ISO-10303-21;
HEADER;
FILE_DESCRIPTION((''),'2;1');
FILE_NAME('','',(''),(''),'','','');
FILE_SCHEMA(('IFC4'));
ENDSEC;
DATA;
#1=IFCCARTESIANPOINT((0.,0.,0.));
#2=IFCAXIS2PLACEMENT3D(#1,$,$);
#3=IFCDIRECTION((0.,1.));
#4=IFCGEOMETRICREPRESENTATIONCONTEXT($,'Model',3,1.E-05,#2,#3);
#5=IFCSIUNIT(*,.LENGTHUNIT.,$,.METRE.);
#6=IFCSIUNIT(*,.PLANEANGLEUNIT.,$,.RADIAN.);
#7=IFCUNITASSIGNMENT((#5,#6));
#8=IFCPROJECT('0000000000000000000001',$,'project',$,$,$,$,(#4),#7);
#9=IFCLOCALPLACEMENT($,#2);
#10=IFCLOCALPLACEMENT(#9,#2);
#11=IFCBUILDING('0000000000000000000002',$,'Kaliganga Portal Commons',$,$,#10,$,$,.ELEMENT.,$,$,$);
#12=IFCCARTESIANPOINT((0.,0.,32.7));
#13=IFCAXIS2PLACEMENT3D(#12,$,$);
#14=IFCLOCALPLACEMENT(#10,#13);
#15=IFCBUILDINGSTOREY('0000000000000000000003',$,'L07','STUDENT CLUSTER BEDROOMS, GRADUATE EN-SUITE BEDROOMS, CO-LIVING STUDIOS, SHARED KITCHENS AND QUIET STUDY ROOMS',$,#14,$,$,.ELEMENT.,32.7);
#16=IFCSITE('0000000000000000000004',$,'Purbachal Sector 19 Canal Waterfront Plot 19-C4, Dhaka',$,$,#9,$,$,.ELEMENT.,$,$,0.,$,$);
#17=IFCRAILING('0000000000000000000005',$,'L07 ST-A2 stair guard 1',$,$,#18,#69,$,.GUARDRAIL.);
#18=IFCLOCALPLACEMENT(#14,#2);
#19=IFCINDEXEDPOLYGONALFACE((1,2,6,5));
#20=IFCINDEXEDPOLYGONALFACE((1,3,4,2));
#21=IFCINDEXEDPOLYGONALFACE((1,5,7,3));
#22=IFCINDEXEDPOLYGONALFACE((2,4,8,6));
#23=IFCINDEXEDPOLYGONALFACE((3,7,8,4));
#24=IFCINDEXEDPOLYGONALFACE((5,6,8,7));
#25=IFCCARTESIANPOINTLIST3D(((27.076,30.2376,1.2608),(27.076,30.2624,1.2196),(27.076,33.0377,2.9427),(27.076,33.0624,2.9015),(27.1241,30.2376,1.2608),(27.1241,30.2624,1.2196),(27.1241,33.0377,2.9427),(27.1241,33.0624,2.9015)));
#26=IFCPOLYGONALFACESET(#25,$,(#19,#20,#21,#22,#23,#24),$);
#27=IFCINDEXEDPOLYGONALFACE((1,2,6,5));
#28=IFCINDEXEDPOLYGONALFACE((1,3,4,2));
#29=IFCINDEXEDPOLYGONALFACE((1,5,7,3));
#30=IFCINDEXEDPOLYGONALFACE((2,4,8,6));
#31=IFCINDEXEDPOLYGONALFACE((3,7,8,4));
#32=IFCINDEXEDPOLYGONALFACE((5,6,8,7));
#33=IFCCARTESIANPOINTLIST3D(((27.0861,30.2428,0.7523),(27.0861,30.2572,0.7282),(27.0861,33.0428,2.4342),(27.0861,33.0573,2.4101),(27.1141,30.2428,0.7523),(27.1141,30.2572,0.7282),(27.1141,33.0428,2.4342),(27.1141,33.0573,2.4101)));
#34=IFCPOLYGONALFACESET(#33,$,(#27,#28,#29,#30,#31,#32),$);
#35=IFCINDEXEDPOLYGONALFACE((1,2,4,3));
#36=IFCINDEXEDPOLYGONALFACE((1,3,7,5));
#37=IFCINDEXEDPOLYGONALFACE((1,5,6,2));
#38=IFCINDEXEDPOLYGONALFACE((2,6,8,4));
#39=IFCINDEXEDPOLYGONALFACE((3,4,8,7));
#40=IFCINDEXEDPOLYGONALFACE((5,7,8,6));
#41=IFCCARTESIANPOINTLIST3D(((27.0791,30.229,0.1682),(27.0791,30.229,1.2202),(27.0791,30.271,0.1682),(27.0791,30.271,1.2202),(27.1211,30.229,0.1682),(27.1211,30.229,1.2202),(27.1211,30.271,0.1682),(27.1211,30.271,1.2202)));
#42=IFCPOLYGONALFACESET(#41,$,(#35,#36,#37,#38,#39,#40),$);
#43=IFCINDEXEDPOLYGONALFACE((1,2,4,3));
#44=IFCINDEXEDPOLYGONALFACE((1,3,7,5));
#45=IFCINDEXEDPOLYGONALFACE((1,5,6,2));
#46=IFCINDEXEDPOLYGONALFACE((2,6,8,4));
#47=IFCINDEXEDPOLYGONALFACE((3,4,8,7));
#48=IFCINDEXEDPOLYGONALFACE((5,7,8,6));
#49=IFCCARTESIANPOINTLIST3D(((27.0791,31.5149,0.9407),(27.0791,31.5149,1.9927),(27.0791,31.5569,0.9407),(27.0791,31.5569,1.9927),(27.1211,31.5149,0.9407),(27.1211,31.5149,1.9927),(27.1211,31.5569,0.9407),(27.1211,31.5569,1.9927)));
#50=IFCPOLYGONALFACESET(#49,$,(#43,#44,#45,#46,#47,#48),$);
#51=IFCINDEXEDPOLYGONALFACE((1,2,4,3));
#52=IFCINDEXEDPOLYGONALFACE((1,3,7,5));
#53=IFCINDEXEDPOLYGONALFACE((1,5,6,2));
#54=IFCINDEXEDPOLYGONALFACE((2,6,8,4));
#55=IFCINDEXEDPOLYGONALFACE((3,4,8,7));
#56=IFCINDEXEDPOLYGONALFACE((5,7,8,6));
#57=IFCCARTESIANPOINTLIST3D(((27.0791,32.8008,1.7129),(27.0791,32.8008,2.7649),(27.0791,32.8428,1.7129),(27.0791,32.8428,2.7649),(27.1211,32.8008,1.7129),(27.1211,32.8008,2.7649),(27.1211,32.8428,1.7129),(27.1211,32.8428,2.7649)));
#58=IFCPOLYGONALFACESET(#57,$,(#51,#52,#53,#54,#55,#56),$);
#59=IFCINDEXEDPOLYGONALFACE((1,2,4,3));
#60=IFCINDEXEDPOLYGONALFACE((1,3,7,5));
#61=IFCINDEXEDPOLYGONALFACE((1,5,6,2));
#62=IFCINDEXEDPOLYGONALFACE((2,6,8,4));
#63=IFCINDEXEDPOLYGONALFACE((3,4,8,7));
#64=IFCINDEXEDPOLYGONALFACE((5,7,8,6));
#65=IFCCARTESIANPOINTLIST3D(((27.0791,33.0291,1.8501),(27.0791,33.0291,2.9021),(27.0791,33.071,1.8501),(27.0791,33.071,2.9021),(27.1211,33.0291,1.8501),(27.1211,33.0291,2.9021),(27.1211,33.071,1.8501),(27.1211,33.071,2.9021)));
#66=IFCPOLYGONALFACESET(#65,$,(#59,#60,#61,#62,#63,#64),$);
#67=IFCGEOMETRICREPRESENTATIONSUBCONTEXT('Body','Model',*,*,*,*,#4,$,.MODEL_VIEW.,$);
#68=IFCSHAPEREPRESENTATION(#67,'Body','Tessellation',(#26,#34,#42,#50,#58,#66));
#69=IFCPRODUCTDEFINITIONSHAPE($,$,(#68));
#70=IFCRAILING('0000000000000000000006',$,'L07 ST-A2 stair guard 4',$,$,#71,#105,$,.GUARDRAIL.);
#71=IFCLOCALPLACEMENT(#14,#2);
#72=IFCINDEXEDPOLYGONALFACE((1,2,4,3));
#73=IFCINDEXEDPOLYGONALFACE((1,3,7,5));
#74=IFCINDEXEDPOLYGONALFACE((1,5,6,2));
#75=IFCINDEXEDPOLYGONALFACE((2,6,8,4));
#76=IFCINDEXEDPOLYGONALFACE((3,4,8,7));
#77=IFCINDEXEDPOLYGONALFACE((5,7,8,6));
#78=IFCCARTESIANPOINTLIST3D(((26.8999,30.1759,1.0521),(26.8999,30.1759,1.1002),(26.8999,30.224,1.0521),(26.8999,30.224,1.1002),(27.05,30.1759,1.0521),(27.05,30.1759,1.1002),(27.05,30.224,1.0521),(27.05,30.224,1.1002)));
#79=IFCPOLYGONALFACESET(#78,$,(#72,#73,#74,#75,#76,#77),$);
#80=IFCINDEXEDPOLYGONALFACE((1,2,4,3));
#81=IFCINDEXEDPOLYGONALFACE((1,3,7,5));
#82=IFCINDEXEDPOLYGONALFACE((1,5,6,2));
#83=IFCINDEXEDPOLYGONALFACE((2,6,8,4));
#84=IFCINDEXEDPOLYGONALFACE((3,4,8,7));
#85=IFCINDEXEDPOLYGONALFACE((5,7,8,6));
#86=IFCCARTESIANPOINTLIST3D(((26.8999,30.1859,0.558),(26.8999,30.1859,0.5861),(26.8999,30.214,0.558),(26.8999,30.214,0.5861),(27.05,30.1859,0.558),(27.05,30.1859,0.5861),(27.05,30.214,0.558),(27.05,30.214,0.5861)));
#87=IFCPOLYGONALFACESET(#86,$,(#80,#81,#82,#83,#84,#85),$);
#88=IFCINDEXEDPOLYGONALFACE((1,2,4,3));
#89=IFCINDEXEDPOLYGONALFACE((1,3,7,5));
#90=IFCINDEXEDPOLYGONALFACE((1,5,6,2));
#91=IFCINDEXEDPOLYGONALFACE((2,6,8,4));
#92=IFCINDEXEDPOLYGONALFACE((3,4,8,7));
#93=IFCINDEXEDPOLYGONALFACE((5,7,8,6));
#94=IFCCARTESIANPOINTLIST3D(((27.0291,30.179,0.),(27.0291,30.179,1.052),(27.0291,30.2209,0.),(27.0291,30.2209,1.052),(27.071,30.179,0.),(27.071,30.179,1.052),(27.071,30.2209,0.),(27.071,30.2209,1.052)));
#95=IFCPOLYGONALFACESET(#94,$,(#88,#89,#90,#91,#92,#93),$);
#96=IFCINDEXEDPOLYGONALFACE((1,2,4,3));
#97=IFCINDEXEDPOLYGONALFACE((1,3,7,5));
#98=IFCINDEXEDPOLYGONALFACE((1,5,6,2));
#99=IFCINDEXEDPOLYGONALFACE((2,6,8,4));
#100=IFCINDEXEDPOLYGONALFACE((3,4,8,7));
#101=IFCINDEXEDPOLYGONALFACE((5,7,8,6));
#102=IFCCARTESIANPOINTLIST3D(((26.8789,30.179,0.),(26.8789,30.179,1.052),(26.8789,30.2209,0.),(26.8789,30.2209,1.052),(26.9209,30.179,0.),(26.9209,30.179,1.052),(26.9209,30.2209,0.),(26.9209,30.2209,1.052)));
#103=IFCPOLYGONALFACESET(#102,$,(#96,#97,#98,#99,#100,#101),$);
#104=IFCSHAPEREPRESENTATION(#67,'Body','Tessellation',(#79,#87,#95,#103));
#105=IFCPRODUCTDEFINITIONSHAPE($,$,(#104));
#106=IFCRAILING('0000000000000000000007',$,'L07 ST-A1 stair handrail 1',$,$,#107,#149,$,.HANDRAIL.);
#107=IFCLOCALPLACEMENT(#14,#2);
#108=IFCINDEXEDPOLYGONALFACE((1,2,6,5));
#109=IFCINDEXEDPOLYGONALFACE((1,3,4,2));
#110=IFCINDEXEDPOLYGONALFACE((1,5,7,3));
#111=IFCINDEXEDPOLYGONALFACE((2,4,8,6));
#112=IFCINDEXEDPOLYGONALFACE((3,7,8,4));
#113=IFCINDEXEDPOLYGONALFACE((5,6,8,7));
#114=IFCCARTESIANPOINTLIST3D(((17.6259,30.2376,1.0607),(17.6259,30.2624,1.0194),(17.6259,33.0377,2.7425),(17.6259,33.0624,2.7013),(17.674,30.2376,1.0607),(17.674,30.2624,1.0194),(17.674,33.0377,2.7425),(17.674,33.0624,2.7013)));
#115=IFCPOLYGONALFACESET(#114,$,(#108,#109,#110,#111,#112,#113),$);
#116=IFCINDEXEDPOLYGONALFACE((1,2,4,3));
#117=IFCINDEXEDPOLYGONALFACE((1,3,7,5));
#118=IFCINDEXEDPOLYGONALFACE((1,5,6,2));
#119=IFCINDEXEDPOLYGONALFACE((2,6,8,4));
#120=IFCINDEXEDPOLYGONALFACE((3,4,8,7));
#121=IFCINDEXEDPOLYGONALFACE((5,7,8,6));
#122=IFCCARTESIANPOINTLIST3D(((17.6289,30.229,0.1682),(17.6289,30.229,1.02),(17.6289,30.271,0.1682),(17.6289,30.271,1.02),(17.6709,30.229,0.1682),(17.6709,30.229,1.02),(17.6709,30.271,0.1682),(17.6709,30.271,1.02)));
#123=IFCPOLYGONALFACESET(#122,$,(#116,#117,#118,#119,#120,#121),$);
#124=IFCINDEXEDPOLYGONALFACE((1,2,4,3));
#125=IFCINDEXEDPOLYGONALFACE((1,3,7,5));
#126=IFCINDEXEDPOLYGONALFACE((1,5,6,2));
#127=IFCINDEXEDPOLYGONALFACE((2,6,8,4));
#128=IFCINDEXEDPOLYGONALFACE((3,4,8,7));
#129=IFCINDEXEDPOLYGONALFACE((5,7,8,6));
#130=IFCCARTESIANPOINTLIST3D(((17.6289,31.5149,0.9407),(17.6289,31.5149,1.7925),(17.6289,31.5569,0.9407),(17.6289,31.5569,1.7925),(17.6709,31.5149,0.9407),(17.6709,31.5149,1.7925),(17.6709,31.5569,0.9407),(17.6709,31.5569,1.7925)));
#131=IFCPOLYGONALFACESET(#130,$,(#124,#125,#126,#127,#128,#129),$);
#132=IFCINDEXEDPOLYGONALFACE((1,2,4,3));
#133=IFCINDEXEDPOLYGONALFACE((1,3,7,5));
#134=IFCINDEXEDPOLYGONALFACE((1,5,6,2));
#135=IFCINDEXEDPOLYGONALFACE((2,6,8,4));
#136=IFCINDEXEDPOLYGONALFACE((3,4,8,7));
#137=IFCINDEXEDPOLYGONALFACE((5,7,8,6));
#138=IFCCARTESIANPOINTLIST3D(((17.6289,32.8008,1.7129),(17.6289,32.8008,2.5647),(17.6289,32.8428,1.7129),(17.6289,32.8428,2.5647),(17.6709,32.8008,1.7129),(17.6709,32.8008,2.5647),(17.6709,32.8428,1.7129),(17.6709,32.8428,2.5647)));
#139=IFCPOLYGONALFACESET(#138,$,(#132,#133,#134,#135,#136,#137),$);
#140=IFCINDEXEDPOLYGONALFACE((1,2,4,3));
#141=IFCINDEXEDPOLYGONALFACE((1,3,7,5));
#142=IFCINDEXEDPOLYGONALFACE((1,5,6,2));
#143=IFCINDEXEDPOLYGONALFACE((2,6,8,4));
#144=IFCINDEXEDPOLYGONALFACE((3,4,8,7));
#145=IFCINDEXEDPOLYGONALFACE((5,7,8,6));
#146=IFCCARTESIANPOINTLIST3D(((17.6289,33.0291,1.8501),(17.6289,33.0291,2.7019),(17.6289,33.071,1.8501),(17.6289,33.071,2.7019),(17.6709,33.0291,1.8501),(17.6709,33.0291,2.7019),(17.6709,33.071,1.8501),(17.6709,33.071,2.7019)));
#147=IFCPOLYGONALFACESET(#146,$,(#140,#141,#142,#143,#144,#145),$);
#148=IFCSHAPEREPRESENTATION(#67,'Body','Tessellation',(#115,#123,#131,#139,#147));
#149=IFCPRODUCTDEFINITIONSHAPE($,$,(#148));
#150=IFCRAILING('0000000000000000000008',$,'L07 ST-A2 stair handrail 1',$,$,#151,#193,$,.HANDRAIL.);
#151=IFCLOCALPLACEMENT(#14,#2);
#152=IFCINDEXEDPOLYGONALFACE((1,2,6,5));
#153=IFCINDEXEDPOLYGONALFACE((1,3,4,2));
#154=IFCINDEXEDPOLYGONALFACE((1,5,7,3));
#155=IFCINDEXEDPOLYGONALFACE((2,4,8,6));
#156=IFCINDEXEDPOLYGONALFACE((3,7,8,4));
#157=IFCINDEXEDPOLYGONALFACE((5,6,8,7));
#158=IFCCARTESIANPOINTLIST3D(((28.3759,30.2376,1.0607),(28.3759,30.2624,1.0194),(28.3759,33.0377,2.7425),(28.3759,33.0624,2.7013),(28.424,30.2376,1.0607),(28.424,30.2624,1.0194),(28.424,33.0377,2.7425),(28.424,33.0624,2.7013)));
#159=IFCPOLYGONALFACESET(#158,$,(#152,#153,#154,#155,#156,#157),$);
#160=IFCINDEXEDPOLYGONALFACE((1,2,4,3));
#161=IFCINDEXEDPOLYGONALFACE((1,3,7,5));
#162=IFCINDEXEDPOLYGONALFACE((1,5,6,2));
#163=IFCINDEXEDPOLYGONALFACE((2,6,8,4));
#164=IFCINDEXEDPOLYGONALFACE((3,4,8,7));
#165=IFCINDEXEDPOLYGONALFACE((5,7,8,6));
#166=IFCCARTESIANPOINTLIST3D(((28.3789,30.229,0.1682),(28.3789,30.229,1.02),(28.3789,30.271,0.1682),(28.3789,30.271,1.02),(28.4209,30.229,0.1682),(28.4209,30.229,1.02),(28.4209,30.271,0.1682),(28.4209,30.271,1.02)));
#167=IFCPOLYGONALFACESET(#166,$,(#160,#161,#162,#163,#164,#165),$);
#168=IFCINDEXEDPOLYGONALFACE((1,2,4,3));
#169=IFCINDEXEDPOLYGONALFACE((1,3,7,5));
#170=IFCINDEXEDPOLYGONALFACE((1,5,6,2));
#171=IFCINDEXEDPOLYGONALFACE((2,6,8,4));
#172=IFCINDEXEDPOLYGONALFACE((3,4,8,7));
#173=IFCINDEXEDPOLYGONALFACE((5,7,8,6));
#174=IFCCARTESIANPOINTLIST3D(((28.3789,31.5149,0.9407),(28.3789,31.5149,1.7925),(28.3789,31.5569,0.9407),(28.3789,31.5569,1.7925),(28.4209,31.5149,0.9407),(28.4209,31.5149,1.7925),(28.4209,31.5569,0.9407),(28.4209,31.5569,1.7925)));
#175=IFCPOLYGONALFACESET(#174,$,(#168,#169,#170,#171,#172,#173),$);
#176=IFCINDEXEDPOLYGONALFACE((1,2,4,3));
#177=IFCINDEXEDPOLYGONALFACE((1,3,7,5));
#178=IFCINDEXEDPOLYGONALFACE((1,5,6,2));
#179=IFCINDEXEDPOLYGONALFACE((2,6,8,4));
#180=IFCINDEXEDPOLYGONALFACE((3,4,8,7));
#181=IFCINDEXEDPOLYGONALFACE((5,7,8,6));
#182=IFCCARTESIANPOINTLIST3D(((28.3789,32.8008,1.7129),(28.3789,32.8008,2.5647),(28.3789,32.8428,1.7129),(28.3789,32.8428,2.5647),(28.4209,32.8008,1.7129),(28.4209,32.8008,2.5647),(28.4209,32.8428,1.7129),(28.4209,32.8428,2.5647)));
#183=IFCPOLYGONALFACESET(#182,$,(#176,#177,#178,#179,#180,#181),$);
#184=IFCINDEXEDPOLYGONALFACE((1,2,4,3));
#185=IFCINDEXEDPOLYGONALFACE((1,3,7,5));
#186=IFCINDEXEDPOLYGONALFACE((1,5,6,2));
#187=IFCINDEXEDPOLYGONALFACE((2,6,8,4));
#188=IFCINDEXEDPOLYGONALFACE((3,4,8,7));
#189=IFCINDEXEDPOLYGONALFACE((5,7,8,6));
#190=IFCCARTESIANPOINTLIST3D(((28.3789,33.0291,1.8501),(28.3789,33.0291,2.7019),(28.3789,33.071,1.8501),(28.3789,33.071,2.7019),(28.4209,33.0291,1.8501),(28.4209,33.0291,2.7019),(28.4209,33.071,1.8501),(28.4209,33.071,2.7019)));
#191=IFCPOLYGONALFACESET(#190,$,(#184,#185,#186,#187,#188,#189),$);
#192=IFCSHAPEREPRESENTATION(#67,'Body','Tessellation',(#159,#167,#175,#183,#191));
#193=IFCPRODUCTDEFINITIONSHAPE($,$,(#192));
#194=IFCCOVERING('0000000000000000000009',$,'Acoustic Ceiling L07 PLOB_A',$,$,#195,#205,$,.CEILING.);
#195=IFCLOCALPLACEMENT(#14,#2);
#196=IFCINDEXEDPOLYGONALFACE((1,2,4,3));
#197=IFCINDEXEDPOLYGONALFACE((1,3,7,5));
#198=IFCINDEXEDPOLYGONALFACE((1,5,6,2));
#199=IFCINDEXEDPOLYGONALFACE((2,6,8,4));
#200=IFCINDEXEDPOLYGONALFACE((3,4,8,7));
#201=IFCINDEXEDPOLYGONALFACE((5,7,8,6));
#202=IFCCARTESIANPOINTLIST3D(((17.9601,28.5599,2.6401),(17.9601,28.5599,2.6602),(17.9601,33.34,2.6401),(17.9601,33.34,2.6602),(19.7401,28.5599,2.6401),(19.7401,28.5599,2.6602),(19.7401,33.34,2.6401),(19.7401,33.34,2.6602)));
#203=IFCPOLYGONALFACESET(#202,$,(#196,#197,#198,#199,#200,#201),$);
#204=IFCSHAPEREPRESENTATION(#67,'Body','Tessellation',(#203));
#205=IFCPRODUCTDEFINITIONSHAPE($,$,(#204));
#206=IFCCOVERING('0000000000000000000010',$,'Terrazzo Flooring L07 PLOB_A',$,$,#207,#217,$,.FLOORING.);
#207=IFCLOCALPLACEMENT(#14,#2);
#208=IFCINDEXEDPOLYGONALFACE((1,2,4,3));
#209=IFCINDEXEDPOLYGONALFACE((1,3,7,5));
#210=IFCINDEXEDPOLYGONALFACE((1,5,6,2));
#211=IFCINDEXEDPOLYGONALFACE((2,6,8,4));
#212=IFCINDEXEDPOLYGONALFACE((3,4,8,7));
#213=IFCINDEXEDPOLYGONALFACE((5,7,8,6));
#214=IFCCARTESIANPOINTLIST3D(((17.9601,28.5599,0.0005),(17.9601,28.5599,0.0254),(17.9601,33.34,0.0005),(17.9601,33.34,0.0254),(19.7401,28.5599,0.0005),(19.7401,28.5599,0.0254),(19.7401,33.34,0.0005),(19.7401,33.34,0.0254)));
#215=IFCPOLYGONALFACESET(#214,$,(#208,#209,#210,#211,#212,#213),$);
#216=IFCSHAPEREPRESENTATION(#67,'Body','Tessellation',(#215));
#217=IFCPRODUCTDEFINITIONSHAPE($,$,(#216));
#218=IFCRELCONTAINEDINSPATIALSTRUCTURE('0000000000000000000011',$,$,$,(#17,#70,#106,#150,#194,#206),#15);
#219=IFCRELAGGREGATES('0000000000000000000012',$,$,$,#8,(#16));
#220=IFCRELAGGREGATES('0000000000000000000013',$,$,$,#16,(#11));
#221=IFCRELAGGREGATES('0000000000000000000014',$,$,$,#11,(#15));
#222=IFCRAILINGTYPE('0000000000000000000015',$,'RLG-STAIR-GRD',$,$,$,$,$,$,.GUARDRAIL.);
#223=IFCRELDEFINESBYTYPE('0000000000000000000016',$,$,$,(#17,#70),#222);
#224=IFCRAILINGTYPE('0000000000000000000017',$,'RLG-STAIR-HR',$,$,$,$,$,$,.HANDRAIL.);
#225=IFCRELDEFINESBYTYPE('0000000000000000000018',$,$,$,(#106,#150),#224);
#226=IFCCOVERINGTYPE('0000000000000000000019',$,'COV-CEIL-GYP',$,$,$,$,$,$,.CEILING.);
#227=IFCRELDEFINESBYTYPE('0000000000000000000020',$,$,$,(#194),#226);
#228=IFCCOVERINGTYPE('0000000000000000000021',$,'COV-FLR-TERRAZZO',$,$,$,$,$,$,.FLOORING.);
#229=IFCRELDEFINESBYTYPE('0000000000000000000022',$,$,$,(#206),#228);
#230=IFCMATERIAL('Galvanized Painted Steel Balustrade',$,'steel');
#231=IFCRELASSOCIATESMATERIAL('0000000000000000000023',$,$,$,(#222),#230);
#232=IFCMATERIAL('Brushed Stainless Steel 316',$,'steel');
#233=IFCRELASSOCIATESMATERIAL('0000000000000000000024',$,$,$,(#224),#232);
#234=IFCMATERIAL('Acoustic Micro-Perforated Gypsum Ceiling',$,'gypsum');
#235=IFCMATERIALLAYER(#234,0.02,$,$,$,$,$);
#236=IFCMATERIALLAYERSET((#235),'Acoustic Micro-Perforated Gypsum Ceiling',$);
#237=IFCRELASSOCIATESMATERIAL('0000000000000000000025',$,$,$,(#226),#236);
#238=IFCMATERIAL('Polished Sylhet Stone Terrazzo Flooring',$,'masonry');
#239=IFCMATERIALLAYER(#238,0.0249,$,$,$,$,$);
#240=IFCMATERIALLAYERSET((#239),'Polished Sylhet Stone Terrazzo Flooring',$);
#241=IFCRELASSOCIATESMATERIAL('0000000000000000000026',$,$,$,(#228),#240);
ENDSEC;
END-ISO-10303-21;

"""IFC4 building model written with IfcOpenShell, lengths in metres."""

from ifc_helpers import new_model, si_unit, direction, frame, origin, origin_2d, place, context, subcontext, project, spatial, rectangle, extrude, source, transform, mapped, material, layer, layer_set, type_object, element, save


model = new_model("IFC4")

# Units and contexts
model_context = context("Model", 3, precision=1e-05, world=origin(), true_north=direction((0.0, 1.0)))
body_context = subcontext(model_context, "Body", "Model", "MODEL_VIEW")
ifc_project = project(units=[si_unit("LENGTHUNIT", "METRE"), si_unit("PLANEANGLEUNIT", "RADIAN")], contexts=[model_context])

# Site, building, storey
site_placement = place(None, origin())
site = spatial("IfcSite", under=ifc_project, at=site_placement, Name="Purbachal Sector 19 Canal Waterfront Plot 19-C4, Dhaka", CompositionType="ELEMENT", RefElevation=0.0)
building_placement = place(site_placement, origin())
building = spatial("IfcBuilding", under=site, at=building_placement, Name="Kaliganga Portal Commons", CompositionType="ELEMENT")
storey_placement = place(building_placement, frame((0.0, 0.0, 32.7)))
storey = spatial("IfcBuildingStorey", under=building, at=storey_placement, Name="L07", Description="STUDENT CLUSTER BEDROOMS, GRADUATE EN-SUITE BEDROOMS, CO-LIVING STUDIOS, SHARED KITCHENS AND QUIET STUDY ROOMS", CompositionType="ELEMENT", Elevation=32.7)

# Railings
ifc_material_1 = material(Name="Galvanized Painted Steel Balustrade", Category="steel")
railing_type_1 = type_object("IfcRailingType", Name="RLG-STAIR-GRD", PredefinedType="GUARDRAIL", material=ifc_material_1)
railing_1_placement = place(storey_placement, frame((27.1001, 30.25, 0.1682)))
element("IfcRailing", 1, at=railing_1_placement, inside=storey, type_object=railing_type_1, Name="L07 ST-A2 stair guard 1", PredefinedType="GUARDRAIL", context=body_context, shape_type="SweptSolid", body=[
    extrude(rectangle(XDim=0.0481, YDim=0.0481, at=origin_2d()), frame((0.0, 0.0, 1.072), z_axis=(0.0, 0.857242, 0.514913), x_axis=(-1.0, 0.0, 0.0)), (0.0, 0.0, 1.0), 3.2664),
    extrude(rectangle(XDim=0.0281, YDim=0.0281, at=origin_2d()), frame((0.0, 0.0, 0.572), z_axis=(0.0, 0.857242, 0.514913), x_axis=(-1.0, 0.0, 0.0)), (0.0, 0.0, 1.0), 3.2664),
    extrude(rectangle(XDim=0.042, YDim=0.042, at=origin_2d()), origin(), (0.0, 0.0, 1.0), 1.052),
    extrude(rectangle(XDim=0.042, YDim=0.042, at=origin_2d()), frame((0.0, 1.2859, 0.7725)), (0.0, 0.0, 1.0), 1.052),
    extrude(rectangle(XDim=0.042, YDim=0.042, at=origin_2d()), frame((0.0, 2.5718, 1.5447)), (0.0, 0.0, 1.0), 1.052),
    extrude(rectangle(XDim=0.042, YDim=0.042, at=origin_2d()), frame((0.0, 2.8, 1.6819)), (0.0, 0.0, 1.0), 1.052),
])
railing_2_placement = place(storey_placement, frame((27.05, 30.2, 0.0)))
element("IfcRailing", 2, at=railing_2_placement, inside=storey, type_object=railing_type_1, Name="L07 ST-A2 stair guard 4", PredefinedType="GUARDRAIL", context=body_context, shape_type="SweptSolid", body=[
    extrude(rectangle(XDim=0.0481, YDim=0.0481, at=origin_2d()), frame((0.0, 0.0, 1.0762), z_axis=(-1.0, 0.0, 0.0), x_axis=(0.0, -1.0, 0.0)), (0.0, 0.0, 1.0), 0.1501),
    extrude(rectangle(XDim=0.0281, YDim=0.0281, at=origin_2d()), frame((0.0, 0.0, 0.572), z_axis=(-1.0, 0.0, 0.0), x_axis=(0.0, -1.0, 0.0)), (0.0, 0.0, 1.0), 0.1501),
    extrude(rectangle(XDim=0.042, YDim=0.042, at=origin_2d()), origin(), (0.0, 0.0, 1.0), 1.052),
    extrude(rectangle(XDim=0.042, YDim=0.042, at=origin_2d()), frame((-0.1501, 0.0, 0.0)), (0.0, 0.0, 1.0), 1.052),
])
ifc_material_2 = material(Name="Brushed Stainless Steel 316", Category="steel")
railing_type_2 = type_object("IfcRailingType", Name="RLG-STAIR-HR", PredefinedType="HANDRAIL", material=ifc_material_2)
for number, where, name in (
    (3, (17.6499, 30.25, 0.1682), "L07 ST-A1 stair handrail 1"),
    (4, (28.3999, 30.25, 0.1682), "L07 ST-A2 stair handrail 1"),
):
    element("IfcRailing", number, at=place(storey_placement, frame(where)), inside=storey, type_object=railing_type_2, Name=name, PredefinedType="HANDRAIL", context=body_context, shape_type="SweptSolid", body=[
        extrude(rectangle(XDim=0.0481, YDim=0.0481, at=origin_2d()), frame((0.0, 0.0, 0.8718), z_axis=(0.0, 0.857242, 0.514913), x_axis=(-1.0, 0.0, 0.0)), (0.0, 0.0, 1.0), 3.2664),
        extrude(rectangle(XDim=0.042, YDim=0.042, at=origin_2d()), origin(), (0.0, 0.0, 1.0), 0.8518),
        extrude(rectangle(XDim=0.042, YDim=0.042, at=origin_2d()), frame((0.0, 1.2859, 0.7725)), (0.0, 0.0, 1.0), 0.8518),
        extrude(rectangle(XDim=0.042, YDim=0.042, at=origin_2d()), frame((0.0, 2.5718, 1.5447)), (0.0, 0.0, 1.0), 0.8518),
        extrude(rectangle(XDim=0.042, YDim=0.042, at=origin_2d()), frame((0.0, 2.8, 1.6819)), (0.0, 0.0, 1.0), 0.8518),
    ])

# Coverings
ifc_material_3 = material(Name="Acoustic Micro-Perforated Gypsum Ceiling", Category="gypsum")
ifc_layer_1 = layer(ifc_material_3, 0.02)
ifc_layer_set_1 = layer_set([ifc_layer_1], Name="Acoustic Micro-Perforated Gypsum Ceiling")
covering_type_1 = type_object("IfcCoveringType", Name="COV-CEIL-GYP", PredefinedType="CEILING", material=ifc_layer_set_1)
shared_shape_1 = source(origin(), body_context, "Body", "SweptSolid", [
    extrude(rectangle(XDim=1.78, YDim=4.78, at=origin_2d()), origin(), (0.0, 0.0, 1.0), 0.02),
])
covering_1_placement = place(storey_placement, frame((18.8501, 30.95, 2.6401), z_axis=(0.0, 0.0, 1.0), x_axis=(1.0, 0.0, 0.0)))
element("IfcCovering", 5, at=covering_1_placement, inside=storey, type_object=covering_type_1, Name="Acoustic Ceiling L07 PLOB_A", PredefinedType="CEILING", context=body_context, shape_type="MappedRepresentation", body=[
    mapped(shared_shape_1, transform((0.0, 0.0, 0.0), x_axis=(1.0, 0.0, 0.0), y_axis=(0.0, 1.0, 0.0), z_axis=(0.0, 0.0, 1.0), scale=1.0)),
])
ifc_material_4 = material(Name="Polished Sylhet Stone Terrazzo Flooring", Category="masonry")
ifc_layer_2 = layer(ifc_material_4, 0.0249)
ifc_layer_set_2 = layer_set([ifc_layer_2], Name="Polished Sylhet Stone Terrazzo Flooring")
covering_type_2 = type_object("IfcCoveringType", Name="COV-FLR-TERRAZZO", PredefinedType="FLOORING", material=ifc_layer_set_2)
shared_shape_2 = source(origin(), body_context, "Body", "SweptSolid", [
    extrude(rectangle(XDim=1.78, YDim=4.78, at=origin_2d()), origin(), (0.0, 0.0, 1.0), 0.0249),
])
covering_2_placement = place(storey_placement, frame((18.8501, 30.95, 0.0005), z_axis=(0.0, 0.0, 1.0), x_axis=(1.0, 0.0, 0.0)))
element("IfcCovering", 6, at=covering_2_placement, inside=storey, type_object=covering_type_2, Name="Terrazzo Flooring L07 PLOB_A", PredefinedType="FLOORING", context=body_context, shape_type="MappedRepresentation", body=[
    mapped(shared_shape_2, transform((0.0, 0.0, 0.0), x_axis=(1.0, 0.0, 0.0), y_axis=(0.0, 1.0, 0.0), z_axis=(0.0, 0.0, 1.0), scale=1.0)),
])

save(model, "model.ifc")
